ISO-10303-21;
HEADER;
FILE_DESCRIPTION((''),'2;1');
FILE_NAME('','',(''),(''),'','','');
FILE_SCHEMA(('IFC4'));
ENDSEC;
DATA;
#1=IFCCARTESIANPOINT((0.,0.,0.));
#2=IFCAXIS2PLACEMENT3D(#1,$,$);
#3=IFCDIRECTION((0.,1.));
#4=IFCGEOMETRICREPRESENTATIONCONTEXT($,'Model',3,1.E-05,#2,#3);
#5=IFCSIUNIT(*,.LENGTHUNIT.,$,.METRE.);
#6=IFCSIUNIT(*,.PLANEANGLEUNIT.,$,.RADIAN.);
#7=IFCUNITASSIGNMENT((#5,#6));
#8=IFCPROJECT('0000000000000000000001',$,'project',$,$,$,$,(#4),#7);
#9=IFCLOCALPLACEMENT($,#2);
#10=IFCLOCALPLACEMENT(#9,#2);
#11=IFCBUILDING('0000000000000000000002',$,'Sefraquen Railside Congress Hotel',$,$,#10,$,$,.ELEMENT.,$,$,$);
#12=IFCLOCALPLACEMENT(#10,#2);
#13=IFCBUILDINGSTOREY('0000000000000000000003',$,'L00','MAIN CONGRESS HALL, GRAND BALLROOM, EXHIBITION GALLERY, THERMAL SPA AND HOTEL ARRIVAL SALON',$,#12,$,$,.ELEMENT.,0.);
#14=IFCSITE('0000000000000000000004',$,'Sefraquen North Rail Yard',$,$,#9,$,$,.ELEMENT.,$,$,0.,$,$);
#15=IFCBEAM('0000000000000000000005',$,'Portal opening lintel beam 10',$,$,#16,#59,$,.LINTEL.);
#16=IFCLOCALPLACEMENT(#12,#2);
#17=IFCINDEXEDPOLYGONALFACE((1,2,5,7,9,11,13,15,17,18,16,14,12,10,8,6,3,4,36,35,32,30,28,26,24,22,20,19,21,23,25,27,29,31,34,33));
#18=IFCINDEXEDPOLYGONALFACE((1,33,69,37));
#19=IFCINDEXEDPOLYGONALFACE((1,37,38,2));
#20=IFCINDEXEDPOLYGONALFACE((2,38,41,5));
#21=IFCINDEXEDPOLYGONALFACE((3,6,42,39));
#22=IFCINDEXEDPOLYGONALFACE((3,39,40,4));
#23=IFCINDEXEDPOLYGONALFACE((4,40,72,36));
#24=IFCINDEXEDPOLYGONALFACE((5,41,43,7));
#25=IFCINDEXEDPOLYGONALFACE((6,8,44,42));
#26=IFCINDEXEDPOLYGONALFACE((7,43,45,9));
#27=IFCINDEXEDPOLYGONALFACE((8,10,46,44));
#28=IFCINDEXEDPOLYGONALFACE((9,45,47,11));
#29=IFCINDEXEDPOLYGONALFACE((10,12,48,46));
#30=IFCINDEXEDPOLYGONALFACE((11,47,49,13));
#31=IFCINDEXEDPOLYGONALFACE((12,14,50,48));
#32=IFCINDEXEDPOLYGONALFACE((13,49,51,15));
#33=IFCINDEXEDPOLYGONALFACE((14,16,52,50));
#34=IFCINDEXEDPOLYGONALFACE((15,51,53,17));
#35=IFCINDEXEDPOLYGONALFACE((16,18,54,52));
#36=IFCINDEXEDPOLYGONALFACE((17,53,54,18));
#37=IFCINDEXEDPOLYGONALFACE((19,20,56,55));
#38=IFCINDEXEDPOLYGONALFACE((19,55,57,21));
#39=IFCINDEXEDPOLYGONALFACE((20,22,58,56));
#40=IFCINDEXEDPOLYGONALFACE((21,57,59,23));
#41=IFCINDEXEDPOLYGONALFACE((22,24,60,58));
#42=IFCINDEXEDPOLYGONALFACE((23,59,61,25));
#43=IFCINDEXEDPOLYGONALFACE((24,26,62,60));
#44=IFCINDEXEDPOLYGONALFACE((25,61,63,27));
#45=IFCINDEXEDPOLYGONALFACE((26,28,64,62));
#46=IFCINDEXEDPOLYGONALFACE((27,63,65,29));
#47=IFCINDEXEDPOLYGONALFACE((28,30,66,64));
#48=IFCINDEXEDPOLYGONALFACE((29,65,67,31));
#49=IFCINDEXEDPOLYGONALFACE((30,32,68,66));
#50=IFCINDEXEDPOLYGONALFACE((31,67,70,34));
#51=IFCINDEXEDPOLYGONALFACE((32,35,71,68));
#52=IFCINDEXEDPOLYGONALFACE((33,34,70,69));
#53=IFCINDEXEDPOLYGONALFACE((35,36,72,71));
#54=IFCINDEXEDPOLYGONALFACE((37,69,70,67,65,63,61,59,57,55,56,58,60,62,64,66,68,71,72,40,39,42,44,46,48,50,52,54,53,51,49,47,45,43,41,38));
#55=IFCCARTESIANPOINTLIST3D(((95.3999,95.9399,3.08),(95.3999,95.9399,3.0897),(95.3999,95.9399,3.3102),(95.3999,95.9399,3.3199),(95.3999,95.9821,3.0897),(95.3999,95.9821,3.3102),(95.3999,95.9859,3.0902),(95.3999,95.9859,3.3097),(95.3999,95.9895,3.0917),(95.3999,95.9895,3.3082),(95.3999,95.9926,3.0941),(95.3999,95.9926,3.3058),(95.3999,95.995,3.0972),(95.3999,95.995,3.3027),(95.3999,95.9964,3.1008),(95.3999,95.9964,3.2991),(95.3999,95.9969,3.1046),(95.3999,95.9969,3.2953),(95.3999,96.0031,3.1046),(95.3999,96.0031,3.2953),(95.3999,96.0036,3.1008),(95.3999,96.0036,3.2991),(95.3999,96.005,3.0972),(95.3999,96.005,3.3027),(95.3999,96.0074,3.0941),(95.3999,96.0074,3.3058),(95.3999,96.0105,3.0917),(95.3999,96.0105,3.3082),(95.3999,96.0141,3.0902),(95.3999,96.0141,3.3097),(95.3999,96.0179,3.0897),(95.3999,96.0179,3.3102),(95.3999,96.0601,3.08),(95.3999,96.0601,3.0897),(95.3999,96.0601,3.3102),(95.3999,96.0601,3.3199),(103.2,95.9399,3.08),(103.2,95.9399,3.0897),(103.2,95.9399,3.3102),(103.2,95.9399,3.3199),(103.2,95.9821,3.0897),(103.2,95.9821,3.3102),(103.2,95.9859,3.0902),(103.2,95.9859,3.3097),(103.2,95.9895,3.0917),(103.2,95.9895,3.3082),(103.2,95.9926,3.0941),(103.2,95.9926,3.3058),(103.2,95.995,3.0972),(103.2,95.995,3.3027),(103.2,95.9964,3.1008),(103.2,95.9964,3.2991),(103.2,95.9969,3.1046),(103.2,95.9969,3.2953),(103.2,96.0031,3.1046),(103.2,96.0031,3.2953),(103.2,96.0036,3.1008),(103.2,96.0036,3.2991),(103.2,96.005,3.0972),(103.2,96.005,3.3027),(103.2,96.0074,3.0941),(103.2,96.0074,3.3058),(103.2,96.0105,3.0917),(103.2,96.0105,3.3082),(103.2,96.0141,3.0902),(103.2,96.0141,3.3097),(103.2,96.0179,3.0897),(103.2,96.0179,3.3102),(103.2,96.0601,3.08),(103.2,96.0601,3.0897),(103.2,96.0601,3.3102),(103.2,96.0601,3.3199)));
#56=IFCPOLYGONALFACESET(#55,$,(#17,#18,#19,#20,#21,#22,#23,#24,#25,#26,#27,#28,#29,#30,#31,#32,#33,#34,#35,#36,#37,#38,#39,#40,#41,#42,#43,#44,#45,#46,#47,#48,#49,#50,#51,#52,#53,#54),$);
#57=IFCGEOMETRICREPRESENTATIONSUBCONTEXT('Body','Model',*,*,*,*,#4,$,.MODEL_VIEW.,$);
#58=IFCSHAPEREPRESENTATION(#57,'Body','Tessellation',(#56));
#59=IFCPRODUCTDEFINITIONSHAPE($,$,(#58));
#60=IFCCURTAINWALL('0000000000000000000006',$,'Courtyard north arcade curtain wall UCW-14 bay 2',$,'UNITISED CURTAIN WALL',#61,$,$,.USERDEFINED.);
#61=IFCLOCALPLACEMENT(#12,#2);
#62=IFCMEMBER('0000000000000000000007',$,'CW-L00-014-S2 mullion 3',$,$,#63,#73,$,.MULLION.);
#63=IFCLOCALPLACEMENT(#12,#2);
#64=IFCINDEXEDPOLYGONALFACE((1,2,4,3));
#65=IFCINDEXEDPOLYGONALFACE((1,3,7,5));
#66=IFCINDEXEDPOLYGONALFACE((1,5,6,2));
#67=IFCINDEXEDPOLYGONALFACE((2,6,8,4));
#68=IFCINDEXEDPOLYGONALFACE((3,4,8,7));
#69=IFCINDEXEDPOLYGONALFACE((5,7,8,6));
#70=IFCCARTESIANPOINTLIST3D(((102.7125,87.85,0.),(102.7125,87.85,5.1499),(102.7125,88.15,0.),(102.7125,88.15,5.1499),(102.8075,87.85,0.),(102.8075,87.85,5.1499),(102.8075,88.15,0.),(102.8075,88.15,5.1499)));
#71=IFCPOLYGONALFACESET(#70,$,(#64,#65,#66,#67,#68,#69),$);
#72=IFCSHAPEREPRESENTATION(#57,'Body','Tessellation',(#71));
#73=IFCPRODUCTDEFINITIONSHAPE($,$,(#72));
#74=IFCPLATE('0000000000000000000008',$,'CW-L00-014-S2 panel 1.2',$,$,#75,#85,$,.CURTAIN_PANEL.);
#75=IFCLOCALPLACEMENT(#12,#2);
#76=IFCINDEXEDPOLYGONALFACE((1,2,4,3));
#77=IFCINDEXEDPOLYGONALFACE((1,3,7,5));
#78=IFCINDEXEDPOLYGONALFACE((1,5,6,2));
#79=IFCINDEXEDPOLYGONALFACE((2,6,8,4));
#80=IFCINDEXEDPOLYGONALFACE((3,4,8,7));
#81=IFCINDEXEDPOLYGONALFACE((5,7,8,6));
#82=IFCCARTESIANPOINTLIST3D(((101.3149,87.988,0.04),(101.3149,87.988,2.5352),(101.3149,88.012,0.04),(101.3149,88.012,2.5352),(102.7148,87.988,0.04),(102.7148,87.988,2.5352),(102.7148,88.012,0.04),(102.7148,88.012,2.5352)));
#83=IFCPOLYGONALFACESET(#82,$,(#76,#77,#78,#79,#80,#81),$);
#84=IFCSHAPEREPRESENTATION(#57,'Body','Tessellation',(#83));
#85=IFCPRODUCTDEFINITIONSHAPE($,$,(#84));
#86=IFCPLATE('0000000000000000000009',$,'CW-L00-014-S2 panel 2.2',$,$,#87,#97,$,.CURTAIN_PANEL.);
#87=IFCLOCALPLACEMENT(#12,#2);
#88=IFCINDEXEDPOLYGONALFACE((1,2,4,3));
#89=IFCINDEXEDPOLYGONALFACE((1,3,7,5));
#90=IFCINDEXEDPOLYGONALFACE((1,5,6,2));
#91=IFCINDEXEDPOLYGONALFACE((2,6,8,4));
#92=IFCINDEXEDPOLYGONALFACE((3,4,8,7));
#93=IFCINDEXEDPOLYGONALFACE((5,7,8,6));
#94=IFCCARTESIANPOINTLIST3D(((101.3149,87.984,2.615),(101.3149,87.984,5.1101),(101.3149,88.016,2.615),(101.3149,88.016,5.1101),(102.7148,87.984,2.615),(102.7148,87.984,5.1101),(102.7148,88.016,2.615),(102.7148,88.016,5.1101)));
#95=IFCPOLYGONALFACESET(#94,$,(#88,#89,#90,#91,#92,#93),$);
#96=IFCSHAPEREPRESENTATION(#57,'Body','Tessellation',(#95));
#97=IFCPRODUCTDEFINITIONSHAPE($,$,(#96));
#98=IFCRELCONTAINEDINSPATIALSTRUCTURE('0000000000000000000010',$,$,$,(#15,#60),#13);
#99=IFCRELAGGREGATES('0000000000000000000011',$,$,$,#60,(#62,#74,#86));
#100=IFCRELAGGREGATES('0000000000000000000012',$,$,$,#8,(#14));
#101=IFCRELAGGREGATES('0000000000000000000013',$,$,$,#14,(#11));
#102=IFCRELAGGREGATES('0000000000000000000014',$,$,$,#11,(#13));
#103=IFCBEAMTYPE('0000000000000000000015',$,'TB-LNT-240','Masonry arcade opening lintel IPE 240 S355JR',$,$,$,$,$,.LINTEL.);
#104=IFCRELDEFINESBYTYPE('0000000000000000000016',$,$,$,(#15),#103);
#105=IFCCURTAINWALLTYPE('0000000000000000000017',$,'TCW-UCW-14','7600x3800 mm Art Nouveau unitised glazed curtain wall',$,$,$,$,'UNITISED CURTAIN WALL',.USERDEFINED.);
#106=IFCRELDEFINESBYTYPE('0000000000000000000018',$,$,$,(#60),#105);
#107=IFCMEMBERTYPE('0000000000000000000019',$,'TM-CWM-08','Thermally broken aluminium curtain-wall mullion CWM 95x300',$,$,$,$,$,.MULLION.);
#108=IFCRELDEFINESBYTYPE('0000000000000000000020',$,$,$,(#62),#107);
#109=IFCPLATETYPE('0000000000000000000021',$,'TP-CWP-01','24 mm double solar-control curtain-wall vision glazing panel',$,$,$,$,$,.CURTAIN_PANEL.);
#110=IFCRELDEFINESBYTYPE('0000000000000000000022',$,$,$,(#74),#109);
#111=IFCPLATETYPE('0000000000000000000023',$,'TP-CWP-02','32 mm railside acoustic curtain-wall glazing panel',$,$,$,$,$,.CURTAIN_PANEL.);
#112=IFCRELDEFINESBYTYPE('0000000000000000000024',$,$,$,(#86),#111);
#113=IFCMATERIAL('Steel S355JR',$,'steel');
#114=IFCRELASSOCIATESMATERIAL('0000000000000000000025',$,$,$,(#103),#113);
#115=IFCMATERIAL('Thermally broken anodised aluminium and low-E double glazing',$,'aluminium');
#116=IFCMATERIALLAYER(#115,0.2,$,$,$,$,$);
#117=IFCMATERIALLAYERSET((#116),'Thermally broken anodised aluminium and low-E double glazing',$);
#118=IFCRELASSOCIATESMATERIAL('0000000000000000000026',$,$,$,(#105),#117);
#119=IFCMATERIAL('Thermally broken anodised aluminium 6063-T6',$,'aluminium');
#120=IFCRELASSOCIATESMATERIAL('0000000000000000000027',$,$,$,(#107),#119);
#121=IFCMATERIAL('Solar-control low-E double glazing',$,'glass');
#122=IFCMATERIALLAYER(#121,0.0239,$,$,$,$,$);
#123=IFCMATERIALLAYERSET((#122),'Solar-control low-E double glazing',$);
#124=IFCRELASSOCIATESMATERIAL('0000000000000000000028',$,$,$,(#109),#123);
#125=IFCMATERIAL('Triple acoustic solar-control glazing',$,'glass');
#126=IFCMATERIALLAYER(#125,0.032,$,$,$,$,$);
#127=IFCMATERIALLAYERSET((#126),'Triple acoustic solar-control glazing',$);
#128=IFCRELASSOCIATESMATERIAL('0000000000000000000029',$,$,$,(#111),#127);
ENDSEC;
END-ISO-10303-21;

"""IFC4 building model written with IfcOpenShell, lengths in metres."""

from ifc_helpers import new_model, si_unit, direction, frame, origin, origin_2d, place, context, subcontext, project, spatial, rectangle, i_section, extrude, material, layer, layer_set, material_profile, profile_set, type_object, element, aggregate, save


model = new_model("IFC4")

# Units and contexts
model_context = context("Model", 3, precision=1e-05, world=origin(), true_north=direction((0.0, 1.0)))
body_context = subcontext(model_context, "Body", "Model", "MODEL_VIEW")
ifc_project = project(units=[si_unit("LENGTHUNIT", "METRE"), si_unit("PLANEANGLEUNIT", "RADIAN")], contexts=[model_context])

# Site, building, storey
site_placement = place(None, origin())
site = spatial("IfcSite", under=ifc_project, at=site_placement, Name="Sefraquen North Rail Yard", CompositionType="ELEMENT", RefElevation=0.0)
building_placement = place(site_placement, origin())
building = spatial("IfcBuilding", under=site, at=building_placement, Name="Sefraquen Railside Congress Hotel", CompositionType="ELEMENT")
storey_placement = place(building_placement, origin())
storey = spatial("IfcBuildingStorey", under=building, at=storey_placement, Name="L00", Description="MAIN CONGRESS HALL, GRAND BALLROOM, EXHIBITION GALLERY, THERMAL SPA AND HOTEL ARRIVAL SALON", CompositionType="ELEMENT", Elevation=0.0)

# Shared definitions
ifc_material_1 = material(Name="Steel S355JR", Category="steel")

# Beam
ifc_material_profile_1 = material_profile(ifc_material_1, i_section(OverallWidth=0.1201, OverallDepth=0.24, WebThickness=0.0061, FlangeThickness=0.0098, FilletRadius=0.0149, at=origin_2d()), Name="IPE 240")
ifc_profile_set_1 = profile_set([ifc_material_profile_1], Name="Steel S355JR")
beam_type_1 = type_object("IfcBeamType", Name="TB-LNT-240", Description="Masonry arcade opening lintel IPE 240 S355JR", PredefinedType="LINTEL", material=ifc_profile_set_1)
beam_1_placement = place(storey_placement, frame((95.3999, 96.0, 3.2), z_axis=(1.0, 0.0, 0.0), x_axis=(0.0, 1.0, 0.0)))
element("IfcBeam", 1, at=beam_1_placement, inside=storey, type_object=beam_type_1, Name="Portal opening lintel beam 10", PredefinedType="LINTEL", context=body_context, shape_type="SweptSolid", body=[
    extrude(i_section(OverallWidth=0.1201, OverallDepth=0.24, WebThickness=0.0061, FlangeThickness=0.0098, FilletRadius=0.0149, at=origin_2d()), origin(), (0.0, 0.0, 1.0), 7.8),
])

# Curtain wall, member, plates
ifc_material_2 = material(Name="Thermally broken anodised aluminium and low-E double glazing", Category="aluminium")
ifc_layer_1 = layer(ifc_material_2, 0.2)
ifc_layer_set_1 = layer_set([ifc_layer_1], Name="Thermally broken anodised aluminium and low-E double glazing")
curtain_wall_type = type_object("IfcCurtainWallType", Name="TCW-UCW-14", Description="7600x3800 mm Art Nouveau unitised glazed curtain wall", ElementType="UNITISED CURTAIN WALL", PredefinedType="USERDEFINED", material=ifc_layer_set_1)
curtain_wall_placement = place(storey_placement, origin())
curtain_wall = element("IfcCurtainWall", 2, at=curtain_wall_placement, inside=storey, type_object=curtain_wall_type, Name="Courtyard north arcade curtain wall UCW-14 bay 2", ObjectType="UNITISED CURTAIN WALL", PredefinedType="USERDEFINED")
ifc_material_3 = material(Name="Thermally broken anodised aluminium 6063-T6", Category="aluminium")
ifc_material_profile_2 = material_profile(ifc_material_3, rectangle(XDim=0.095, YDim=0.3, at=origin_2d()), Name="CWM 95x300")
ifc_profile_set_2 = profile_set([ifc_material_profile_2], Name="Thermally broken anodised aluminium 6063-T6")
member_type = type_object("IfcMemberType", Name="TM-CWM-08", Description="Thermally broken aluminium curtain-wall mullion CWM 95x300", PredefinedType="MULLION", material=ifc_profile_set_2)
member_placement = place(storey_placement, frame((102.76, 88.0, 0.0), z_axis=(0.0, 0.0, 1.0), x_axis=(1.0, 0.0, 0.0)))
member = element("IfcMember", 3, at=member_placement, type_object=member_type, Name="CW-L00-014-S2 mullion 3", PredefinedType="MULLION", context=body_context, shape_type="SweptSolid", body=[
    extrude(rectangle(XDim=0.095, YDim=0.3, at=origin_2d()), origin(), (0.0, 0.0, 1.0), 5.1499),
])
ifc_material_4 = material(Name="Solar-control low-E double glazing", Category="glass")
ifc_layer_2 = layer(ifc_material_4, 0.0239)
ifc_layer_set_2 = layer_set([ifc_layer_2], Name="Solar-control low-E double glazing")
plate_type_1 = type_object("IfcPlateType", Name="TP-CWP-01", Description="24 mm double solar-control curtain-wall vision glazing panel", PredefinedType="CURTAIN_PANEL", material=ifc_layer_set_2)
plate_1_placement = place(storey_placement, frame((102.0149, 88.0, 0.04), z_axis=(0.0, 0.0, 1.0), x_axis=(1.0, 0.0, 0.0)))
plate_1 = element("IfcPlate", 4, at=plate_1_placement, type_object=plate_type_1, Name="CW-L00-014-S2 panel 1.2", PredefinedType="CURTAIN_PANEL", context=body_context, shape_type="SweptSolid", body=[
    extrude(rectangle(XDim=1.3999, YDim=0.0239, at=origin_2d()), origin(), (0.0, 0.0, 1.0), 2.4951),
])
ifc_material_5 = material(Name="Triple acoustic solar-control glazing", Category="glass")
ifc_layer_3 = layer(ifc_material_5, 0.032)
ifc_layer_set_3 = layer_set([ifc_layer_3], Name="Triple acoustic solar-control glazing")
plate_type_2 = type_object("IfcPlateType", Name="TP-CWP-02", Description="32 mm railside acoustic curtain-wall glazing panel", PredefinedType="CURTAIN_PANEL", material=ifc_layer_set_3)
plate_2_placement = place(storey_placement, frame((102.0149, 88.0, 2.615), z_axis=(0.0, 0.0, 1.0), x_axis=(1.0, 0.0, 0.0)))
plate_2 = element("IfcPlate", 5, at=plate_2_placement, type_object=plate_type_2, Name="CW-L00-014-S2 panel 2.2", PredefinedType="CURTAIN_PANEL", context=body_context, shape_type="SweptSolid", body=[
    extrude(rectangle(XDim=1.3999, YDim=0.032, at=origin_2d()), origin(), (0.0, 0.0, 1.0), 2.4951),
])
aggregate(curtain_wall, [member, plate_1, plate_2])

save(model, "model.ifc")
